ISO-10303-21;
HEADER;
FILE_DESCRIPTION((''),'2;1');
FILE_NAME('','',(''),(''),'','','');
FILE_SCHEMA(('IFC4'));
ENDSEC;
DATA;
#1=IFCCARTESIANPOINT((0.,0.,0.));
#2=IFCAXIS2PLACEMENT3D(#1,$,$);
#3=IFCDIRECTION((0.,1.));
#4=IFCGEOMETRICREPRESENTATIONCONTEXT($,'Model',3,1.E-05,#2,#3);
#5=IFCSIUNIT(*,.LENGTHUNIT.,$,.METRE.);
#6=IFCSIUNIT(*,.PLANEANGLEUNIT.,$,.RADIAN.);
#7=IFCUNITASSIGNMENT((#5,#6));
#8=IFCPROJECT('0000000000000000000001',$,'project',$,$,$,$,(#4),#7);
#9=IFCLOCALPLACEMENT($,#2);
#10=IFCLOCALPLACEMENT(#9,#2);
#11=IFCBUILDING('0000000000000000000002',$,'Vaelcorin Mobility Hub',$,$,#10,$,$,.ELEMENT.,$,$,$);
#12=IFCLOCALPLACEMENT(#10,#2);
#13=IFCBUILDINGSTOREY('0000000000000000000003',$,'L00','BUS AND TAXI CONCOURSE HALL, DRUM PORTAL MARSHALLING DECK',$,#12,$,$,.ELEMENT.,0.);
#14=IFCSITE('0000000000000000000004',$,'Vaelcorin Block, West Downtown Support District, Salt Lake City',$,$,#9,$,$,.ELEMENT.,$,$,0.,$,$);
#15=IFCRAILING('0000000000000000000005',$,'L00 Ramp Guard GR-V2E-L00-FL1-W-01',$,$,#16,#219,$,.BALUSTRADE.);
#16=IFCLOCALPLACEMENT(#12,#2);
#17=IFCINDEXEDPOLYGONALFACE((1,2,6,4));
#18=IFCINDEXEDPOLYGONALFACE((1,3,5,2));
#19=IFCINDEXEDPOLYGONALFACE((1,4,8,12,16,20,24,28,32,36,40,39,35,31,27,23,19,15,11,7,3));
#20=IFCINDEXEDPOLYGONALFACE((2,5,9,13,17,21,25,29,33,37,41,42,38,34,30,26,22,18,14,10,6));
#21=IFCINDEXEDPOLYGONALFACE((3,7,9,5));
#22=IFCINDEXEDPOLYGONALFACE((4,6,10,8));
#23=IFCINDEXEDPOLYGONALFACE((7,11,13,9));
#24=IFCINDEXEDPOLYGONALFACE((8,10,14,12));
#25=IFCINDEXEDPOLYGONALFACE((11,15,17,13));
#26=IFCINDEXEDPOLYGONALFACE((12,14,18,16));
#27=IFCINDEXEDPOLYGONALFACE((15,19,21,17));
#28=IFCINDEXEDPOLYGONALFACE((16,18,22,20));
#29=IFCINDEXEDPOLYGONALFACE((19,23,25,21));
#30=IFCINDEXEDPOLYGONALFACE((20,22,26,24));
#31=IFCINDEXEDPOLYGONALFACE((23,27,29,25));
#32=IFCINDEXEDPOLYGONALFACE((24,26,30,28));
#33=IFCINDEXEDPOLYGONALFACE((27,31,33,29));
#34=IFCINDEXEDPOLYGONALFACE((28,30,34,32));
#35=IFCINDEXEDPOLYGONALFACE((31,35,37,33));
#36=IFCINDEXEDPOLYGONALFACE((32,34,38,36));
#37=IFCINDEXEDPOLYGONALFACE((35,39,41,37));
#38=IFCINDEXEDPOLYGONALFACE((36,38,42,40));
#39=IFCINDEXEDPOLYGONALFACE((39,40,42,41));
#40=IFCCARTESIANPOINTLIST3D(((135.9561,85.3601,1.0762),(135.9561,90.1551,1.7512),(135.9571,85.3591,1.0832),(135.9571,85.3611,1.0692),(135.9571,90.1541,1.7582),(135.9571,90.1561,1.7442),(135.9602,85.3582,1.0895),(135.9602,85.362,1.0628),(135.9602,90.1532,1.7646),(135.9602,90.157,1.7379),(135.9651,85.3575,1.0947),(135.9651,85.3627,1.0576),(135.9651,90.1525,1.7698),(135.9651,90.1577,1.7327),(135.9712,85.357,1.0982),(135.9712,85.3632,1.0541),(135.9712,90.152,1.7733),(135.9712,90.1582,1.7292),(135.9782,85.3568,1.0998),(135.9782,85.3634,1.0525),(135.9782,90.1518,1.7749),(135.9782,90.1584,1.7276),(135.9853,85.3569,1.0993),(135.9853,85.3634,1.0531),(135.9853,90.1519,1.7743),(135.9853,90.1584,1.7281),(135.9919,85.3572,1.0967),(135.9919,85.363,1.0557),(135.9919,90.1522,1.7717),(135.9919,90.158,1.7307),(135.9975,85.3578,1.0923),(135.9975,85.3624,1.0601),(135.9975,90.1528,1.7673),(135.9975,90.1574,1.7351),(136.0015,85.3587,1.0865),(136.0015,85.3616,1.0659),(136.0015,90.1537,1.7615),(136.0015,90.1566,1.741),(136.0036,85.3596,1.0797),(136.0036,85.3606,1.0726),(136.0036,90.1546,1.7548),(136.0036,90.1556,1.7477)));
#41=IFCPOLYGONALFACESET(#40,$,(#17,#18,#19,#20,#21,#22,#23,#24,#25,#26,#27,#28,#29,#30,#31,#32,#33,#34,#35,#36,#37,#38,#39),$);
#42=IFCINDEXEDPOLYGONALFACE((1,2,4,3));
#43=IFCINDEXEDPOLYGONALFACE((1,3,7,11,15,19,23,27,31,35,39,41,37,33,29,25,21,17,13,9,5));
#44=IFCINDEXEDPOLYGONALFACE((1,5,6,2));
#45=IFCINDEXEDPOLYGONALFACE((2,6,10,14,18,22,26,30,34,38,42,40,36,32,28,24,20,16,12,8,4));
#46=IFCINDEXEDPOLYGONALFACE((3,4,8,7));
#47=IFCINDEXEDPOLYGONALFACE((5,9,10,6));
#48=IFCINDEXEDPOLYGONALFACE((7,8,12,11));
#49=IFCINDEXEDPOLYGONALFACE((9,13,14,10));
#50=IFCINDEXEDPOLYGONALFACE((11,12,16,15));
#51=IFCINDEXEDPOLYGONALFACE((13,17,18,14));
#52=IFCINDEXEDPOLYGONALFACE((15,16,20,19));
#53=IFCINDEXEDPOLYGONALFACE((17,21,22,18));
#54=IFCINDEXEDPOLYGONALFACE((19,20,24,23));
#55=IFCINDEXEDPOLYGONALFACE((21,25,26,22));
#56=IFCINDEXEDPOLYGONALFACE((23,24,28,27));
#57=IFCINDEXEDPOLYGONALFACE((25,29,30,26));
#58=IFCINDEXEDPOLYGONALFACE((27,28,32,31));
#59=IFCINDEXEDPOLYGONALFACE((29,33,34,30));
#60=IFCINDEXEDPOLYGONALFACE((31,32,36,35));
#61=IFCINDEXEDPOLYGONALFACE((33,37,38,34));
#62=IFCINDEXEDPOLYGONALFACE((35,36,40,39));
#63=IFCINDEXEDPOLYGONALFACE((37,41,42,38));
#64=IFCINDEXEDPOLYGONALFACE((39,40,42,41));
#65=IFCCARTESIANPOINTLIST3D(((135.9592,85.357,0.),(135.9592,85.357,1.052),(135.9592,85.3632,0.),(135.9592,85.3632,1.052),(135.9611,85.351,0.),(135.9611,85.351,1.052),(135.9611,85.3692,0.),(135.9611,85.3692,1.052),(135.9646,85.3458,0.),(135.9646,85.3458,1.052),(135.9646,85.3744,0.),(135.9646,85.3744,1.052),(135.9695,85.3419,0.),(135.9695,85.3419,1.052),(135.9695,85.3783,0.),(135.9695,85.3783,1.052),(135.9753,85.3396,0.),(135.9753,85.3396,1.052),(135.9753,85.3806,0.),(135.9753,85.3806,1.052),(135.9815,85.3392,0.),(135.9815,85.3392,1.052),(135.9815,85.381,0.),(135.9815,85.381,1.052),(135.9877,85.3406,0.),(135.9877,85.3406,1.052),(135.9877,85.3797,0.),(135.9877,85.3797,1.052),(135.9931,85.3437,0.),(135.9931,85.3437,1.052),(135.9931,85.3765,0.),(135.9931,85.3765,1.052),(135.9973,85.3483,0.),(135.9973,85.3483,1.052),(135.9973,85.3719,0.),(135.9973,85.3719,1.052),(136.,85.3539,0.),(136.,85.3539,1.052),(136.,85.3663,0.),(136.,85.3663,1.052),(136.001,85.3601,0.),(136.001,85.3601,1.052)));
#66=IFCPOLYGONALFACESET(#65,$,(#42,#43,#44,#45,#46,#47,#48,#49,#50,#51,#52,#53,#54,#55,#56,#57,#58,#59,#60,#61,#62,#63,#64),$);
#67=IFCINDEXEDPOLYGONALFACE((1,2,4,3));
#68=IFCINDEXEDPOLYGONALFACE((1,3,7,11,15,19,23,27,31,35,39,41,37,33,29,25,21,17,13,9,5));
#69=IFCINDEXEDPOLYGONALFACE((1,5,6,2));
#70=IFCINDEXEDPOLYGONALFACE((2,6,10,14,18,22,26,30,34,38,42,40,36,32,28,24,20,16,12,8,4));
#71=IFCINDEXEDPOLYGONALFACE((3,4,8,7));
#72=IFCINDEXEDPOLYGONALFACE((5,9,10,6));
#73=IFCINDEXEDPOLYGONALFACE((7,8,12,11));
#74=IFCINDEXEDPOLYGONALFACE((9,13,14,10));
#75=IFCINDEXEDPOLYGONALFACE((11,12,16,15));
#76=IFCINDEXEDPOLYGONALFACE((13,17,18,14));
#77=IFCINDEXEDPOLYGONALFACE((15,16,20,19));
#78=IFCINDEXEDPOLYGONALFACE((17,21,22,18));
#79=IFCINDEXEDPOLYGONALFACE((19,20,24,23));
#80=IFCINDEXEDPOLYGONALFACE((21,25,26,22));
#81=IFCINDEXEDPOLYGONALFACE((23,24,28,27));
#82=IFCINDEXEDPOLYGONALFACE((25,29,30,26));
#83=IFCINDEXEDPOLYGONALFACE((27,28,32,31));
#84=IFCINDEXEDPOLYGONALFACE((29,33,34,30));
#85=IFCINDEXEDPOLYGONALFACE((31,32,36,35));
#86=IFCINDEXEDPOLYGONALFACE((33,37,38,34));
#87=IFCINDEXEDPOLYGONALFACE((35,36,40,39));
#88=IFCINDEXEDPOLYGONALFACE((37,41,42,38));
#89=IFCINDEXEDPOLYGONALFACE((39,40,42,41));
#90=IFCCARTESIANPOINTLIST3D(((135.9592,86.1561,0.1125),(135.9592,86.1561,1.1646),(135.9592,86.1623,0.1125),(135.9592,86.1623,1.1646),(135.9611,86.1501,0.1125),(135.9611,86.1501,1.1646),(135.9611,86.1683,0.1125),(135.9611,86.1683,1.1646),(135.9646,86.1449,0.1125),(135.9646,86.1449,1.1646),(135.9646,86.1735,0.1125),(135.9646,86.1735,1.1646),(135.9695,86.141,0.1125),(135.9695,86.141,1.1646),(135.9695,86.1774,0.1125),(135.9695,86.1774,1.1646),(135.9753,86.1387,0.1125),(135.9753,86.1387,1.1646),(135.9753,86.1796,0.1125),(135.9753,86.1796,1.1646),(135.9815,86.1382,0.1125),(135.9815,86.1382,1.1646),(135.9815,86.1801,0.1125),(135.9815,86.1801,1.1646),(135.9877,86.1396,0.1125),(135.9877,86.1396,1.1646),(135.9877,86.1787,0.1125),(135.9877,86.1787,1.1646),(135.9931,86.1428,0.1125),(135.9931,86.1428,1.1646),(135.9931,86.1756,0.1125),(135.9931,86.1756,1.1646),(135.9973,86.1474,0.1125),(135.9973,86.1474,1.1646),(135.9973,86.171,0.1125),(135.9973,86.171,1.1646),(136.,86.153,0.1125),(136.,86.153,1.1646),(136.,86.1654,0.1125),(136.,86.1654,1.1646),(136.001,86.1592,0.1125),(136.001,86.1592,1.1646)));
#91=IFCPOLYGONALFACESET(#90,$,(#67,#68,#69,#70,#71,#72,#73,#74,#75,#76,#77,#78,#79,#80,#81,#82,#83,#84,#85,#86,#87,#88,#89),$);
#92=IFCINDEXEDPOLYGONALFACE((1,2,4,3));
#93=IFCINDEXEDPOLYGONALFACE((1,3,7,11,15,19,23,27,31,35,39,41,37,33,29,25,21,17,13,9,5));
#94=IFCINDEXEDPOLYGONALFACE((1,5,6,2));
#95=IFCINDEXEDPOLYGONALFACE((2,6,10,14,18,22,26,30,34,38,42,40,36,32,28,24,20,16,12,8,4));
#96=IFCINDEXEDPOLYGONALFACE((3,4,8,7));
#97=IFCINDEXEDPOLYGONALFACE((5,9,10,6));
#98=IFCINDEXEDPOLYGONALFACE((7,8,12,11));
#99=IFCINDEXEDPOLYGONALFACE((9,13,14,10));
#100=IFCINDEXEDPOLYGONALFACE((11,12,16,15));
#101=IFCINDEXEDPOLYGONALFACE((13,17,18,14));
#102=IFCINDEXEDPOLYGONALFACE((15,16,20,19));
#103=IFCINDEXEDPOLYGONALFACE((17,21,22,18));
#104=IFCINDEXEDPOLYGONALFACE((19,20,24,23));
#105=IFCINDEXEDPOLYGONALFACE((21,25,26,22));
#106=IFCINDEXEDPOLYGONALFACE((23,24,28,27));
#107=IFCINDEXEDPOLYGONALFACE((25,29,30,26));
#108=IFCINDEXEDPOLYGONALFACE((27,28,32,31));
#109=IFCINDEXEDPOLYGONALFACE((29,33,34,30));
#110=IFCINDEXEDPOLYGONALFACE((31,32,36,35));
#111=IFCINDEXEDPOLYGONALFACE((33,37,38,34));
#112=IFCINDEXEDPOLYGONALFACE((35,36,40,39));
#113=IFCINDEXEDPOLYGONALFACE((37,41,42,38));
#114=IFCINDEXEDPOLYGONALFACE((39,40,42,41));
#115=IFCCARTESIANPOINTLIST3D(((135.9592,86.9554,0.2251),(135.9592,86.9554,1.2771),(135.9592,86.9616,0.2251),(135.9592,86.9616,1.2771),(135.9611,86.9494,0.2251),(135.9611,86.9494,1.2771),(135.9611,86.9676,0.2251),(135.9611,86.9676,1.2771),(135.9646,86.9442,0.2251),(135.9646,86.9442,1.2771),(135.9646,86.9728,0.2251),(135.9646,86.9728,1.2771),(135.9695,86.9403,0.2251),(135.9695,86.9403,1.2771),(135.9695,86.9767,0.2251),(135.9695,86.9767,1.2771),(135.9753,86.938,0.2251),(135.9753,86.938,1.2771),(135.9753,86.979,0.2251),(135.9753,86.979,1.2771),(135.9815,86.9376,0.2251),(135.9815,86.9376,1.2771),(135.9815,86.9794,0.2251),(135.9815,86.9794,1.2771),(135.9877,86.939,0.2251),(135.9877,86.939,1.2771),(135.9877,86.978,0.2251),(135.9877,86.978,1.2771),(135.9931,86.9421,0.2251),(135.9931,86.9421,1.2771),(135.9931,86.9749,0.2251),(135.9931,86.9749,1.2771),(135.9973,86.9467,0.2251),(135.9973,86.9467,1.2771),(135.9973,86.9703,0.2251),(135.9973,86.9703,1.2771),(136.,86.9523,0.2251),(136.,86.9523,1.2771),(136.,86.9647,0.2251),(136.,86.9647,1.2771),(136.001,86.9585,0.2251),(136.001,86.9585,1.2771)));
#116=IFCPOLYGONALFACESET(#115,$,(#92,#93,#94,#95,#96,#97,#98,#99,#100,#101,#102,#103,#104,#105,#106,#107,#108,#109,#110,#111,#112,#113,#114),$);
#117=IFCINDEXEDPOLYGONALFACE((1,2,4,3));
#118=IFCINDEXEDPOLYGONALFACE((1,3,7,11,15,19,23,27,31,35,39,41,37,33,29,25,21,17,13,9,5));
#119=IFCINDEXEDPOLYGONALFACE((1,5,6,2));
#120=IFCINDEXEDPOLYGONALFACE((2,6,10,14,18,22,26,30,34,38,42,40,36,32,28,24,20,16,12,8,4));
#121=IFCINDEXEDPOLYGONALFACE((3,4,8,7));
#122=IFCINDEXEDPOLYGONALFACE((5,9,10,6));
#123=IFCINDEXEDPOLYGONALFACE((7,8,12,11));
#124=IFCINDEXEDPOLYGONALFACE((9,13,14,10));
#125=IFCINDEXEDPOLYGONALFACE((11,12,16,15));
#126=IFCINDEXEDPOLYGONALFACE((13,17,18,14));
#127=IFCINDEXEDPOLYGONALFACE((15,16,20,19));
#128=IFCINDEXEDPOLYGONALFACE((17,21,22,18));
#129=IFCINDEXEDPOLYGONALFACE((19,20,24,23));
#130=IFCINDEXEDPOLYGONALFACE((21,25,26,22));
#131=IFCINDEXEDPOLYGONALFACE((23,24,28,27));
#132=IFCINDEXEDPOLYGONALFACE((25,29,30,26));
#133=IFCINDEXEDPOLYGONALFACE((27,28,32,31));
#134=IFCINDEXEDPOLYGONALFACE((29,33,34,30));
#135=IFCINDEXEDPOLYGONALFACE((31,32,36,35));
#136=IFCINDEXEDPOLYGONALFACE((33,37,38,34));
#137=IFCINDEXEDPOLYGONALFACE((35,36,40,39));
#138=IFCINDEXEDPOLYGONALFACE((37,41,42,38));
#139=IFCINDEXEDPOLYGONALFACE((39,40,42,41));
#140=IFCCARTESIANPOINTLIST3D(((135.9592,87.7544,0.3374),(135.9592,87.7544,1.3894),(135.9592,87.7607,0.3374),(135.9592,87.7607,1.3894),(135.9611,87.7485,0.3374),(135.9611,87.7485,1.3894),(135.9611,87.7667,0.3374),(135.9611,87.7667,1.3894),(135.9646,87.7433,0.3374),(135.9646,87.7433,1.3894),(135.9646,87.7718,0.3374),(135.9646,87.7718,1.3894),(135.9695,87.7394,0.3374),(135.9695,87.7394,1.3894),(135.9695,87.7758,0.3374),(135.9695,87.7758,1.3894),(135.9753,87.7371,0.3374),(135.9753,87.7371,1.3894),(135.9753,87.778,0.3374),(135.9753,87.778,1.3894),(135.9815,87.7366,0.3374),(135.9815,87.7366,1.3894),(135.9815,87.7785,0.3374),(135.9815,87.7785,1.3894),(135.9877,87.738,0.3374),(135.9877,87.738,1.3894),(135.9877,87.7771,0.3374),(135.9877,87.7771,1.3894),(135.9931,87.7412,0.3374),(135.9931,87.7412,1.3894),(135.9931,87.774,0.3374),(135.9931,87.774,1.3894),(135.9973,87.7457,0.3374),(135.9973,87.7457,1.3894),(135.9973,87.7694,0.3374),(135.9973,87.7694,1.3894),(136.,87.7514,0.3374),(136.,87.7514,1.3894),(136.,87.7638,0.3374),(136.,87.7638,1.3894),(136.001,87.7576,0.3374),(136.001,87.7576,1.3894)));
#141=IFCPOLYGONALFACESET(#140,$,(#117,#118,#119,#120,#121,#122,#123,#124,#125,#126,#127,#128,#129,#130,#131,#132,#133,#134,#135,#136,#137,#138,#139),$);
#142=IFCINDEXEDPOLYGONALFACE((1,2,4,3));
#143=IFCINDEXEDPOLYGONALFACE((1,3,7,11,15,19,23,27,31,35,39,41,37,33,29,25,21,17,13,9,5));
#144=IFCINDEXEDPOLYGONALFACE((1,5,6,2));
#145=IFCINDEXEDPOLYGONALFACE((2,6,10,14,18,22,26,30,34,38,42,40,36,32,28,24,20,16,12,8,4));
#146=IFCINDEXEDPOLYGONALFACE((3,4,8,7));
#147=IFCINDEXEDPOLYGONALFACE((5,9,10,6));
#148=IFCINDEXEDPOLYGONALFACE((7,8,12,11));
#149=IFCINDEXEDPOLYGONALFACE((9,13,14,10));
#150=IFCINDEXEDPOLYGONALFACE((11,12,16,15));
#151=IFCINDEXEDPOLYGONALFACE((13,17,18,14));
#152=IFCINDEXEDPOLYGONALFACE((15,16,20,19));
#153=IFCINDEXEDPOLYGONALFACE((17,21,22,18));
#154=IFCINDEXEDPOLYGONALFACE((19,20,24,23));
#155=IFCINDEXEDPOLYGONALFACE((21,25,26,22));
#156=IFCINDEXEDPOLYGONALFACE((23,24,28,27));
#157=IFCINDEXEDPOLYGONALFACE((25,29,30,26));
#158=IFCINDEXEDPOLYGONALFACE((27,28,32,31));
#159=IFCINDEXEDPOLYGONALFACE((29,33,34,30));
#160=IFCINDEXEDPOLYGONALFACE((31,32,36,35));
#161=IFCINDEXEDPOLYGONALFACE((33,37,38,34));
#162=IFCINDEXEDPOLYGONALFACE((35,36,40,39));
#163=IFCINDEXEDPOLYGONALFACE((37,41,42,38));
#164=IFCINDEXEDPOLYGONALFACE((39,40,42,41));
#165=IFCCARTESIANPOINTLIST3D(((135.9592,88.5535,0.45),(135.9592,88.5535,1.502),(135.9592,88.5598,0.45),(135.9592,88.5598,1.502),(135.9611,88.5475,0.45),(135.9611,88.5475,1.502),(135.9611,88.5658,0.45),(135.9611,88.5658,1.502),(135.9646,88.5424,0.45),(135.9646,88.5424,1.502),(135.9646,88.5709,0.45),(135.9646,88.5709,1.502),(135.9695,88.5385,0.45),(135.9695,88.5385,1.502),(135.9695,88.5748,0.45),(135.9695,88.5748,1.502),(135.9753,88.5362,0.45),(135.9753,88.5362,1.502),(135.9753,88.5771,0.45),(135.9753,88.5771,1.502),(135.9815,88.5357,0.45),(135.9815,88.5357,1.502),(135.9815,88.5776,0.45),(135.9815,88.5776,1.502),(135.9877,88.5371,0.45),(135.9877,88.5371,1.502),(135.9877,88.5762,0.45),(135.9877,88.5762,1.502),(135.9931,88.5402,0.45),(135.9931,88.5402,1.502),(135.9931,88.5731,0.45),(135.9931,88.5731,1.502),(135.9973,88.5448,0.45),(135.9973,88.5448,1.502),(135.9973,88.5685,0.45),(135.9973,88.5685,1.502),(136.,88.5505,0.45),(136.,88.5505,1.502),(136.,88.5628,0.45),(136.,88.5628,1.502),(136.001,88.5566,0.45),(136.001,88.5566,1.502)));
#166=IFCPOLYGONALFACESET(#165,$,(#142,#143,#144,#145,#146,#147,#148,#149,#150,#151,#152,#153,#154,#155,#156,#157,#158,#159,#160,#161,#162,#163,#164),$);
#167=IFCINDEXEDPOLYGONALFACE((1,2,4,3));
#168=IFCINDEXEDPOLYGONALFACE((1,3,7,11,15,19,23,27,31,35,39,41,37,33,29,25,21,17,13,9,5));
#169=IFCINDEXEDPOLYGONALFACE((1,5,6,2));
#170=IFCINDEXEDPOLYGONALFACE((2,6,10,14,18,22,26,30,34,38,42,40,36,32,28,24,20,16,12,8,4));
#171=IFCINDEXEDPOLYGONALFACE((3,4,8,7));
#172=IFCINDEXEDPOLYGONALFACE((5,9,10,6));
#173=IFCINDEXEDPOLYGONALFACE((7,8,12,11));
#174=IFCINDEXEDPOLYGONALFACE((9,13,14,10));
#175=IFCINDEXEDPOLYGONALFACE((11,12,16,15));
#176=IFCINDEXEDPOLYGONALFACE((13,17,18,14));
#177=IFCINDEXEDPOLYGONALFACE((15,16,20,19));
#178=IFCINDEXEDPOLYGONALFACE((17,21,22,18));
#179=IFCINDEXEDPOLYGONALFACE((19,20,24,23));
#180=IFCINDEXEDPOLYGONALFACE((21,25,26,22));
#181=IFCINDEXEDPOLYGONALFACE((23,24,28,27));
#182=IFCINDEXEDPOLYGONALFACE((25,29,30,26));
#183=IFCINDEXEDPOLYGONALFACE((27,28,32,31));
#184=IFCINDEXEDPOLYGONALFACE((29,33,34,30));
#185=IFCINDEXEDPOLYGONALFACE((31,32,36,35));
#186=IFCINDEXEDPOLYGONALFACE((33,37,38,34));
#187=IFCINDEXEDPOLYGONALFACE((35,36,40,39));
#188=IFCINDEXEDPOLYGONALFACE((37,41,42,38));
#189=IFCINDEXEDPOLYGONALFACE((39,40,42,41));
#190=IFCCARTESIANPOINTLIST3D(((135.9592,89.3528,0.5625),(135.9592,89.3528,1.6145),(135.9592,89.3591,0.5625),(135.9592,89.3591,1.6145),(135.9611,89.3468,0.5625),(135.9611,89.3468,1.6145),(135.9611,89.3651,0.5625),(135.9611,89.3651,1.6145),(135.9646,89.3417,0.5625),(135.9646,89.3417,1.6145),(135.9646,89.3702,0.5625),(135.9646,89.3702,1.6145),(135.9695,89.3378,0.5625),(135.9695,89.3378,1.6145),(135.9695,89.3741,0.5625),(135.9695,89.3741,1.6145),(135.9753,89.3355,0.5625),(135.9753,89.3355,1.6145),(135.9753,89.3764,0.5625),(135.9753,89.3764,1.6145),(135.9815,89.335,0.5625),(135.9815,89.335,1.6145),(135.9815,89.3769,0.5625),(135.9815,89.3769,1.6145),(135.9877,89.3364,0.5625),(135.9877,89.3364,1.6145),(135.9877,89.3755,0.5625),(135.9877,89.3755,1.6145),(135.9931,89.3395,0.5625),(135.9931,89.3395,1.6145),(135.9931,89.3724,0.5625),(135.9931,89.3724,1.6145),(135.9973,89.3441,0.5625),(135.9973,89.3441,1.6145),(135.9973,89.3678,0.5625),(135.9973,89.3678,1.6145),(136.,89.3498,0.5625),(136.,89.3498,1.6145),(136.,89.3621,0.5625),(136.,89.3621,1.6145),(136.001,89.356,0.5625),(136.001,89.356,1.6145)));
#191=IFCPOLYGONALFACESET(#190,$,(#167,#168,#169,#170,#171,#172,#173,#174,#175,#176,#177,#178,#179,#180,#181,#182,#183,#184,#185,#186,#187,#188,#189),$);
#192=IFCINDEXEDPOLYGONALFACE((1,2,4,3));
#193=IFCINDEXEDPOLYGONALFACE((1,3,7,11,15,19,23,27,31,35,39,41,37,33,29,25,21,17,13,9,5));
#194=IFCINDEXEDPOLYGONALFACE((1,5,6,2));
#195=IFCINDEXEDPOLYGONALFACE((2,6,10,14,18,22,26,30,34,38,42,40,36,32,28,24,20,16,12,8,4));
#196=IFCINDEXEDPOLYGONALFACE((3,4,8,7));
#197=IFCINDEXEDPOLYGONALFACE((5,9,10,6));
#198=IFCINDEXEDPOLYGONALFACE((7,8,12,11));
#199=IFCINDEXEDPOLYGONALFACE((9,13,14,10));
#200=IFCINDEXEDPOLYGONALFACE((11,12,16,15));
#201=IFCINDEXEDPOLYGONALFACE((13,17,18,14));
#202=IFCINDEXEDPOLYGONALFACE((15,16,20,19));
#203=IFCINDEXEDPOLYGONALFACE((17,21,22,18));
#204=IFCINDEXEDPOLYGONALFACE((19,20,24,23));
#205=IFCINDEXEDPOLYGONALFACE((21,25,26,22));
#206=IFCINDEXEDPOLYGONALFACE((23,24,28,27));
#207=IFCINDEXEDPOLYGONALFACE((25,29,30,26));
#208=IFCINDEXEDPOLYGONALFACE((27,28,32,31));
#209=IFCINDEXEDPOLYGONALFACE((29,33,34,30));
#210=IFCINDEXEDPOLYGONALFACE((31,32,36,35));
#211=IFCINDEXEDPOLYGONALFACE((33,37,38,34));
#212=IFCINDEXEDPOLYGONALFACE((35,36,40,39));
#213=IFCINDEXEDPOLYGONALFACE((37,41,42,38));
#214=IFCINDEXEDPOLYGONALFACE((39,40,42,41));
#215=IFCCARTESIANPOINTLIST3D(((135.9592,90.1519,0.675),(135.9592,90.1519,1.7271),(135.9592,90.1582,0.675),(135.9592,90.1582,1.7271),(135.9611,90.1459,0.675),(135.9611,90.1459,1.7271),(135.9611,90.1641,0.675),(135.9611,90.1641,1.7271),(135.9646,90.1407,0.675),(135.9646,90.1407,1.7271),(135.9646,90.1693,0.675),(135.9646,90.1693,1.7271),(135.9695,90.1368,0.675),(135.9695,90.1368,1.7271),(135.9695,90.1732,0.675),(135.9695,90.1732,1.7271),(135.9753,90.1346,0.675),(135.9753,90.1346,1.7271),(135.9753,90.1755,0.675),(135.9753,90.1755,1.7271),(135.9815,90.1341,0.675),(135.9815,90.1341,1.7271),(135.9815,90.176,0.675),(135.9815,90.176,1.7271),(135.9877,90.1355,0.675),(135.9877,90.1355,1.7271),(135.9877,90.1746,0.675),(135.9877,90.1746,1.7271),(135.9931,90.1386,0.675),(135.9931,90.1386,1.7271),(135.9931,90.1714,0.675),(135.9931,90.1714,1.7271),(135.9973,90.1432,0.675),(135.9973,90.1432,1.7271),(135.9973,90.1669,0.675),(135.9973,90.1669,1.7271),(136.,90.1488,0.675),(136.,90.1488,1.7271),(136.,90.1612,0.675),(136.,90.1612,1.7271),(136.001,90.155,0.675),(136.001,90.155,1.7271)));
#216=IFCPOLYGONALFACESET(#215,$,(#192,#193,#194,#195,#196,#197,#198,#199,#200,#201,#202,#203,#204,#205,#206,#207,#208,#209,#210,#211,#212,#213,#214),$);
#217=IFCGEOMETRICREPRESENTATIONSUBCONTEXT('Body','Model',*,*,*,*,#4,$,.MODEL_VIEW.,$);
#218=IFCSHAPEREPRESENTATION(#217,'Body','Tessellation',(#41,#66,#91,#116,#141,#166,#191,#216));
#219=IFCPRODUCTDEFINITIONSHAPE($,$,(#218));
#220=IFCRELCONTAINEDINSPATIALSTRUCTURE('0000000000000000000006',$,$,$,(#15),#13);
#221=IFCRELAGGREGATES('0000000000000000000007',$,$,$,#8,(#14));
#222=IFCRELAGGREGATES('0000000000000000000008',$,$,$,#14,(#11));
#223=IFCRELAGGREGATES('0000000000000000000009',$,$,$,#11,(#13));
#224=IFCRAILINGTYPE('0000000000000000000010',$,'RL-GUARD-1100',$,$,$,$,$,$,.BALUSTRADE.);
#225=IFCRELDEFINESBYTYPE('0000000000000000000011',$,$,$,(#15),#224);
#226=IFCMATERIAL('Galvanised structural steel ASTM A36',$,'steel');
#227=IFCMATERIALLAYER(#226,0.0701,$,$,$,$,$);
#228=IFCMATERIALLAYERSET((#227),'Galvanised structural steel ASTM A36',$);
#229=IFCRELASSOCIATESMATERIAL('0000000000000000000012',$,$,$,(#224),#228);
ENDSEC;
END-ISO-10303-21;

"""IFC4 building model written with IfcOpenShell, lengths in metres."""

from ifc_helpers import new_model, si_unit, direction, frame, origin, origin_2d, place, context, subcontext, project, spatial, circle, extrude, material, layer, layer_set, type_object, element, save


model = new_model("IFC4")

# Units and contexts
model_context = context("Model", 3, precision=1e-05, world=origin(), true_north=direction((0.0, 1.0)))
body_context = subcontext(model_context, "Body", "Model", "MODEL_VIEW")
ifc_project = project(units=[si_unit("LENGTHUNIT", "METRE"), si_unit("PLANEANGLEUNIT", "RADIAN")], contexts=[model_context])

# Site, building, storey
site_placement = place(None, origin())
site = spatial("IfcSite", under=ifc_project, at=site_placement, Name="Vaelcorin Block, West Downtown Support District, Salt Lake City", CompositionType="ELEMENT", RefElevation=0.0)
building_placement = place(site_placement, origin())
building = spatial("IfcBuilding", under=site, at=building_placement, Name="Vaelcorin Mobility Hub", CompositionType="ELEMENT")
storey_placement = place(building_placement, origin())
storey = spatial("IfcBuildingStorey", under=building, at=storey_placement, Name="L00", Description="BUS AND TAXI CONCOURSE HALL, DRUM PORTAL MARSHALLING DECK", CompositionType="ELEMENT", Elevation=0.0)

# Railing
ifc_material_1 = material(Name="Galvanised structural steel ASTM A36", Category="steel")
ifc_layer_1 = layer(ifc_material_1, 0.0701)
ifc_layer_set_1 = layer_set([ifc_layer_1], Name="Galvanised structural steel ASTM A36")
railing_type = type_object("IfcRailingType", Name="RL-GUARD-1100", PredefinedType="BALUSTRADE", material=ifc_layer_set_1)
railing_1_placement = place(storey_placement, frame((135.98, 85.3601, 0.0)))
element("IfcRailing", 1, at=railing_1_placement, inside=storey, type_object=railing_type, Name="L00 Ramp Guard GR-V2E-L00-FL1-W-01", PredefinedType="BALUSTRADE", context=body_context, shape_type="SweptSolid", body=[
    extrude(circle(Radius=0.0239, at=origin_2d()), frame((0.0, 0.0, 1.0762), z_axis=(0.0, 0.990235, 0.139409), x_axis=(-1.0, 0.0, 0.0)), (0.0, 0.0, 1.0), 4.8423),
    extrude(circle(Radius=0.021, at=origin_2d()), origin(), (0.0, 0.0, 1.0), 1.052),
    extrude(circle(Radius=0.021, at=origin_2d()), frame((0.0, 0.7991, 0.1125)), (0.0, 0.0, 1.0), 1.052),
    extrude(circle(Radius=0.021, at=origin_2d()), frame((0.0, 1.5984, 0.2251)), (0.0, 0.0, 1.0), 1.052),
    extrude(circle(Radius=0.021, at=origin_2d()), frame((0.0, 2.3975, 0.3374)), (0.0, 0.0, 1.0), 1.052),
    extrude(circle(Radius=0.021, at=origin_2d()), frame((0.0, 3.1965, 0.45)), (0.0, 0.0, 1.0), 1.052),
    extrude(circle(Radius=0.021, at=origin_2d()), frame((0.0, 3.9958, 0.5625)), (0.0, 0.0, 1.0), 1.052),
    extrude(circle(Radius=0.021, at=origin_2d()), frame((0.0, 4.7949, 0.675)), (0.0, 0.0, 1.0), 1.052),
])

save(model, "model.ifc")
